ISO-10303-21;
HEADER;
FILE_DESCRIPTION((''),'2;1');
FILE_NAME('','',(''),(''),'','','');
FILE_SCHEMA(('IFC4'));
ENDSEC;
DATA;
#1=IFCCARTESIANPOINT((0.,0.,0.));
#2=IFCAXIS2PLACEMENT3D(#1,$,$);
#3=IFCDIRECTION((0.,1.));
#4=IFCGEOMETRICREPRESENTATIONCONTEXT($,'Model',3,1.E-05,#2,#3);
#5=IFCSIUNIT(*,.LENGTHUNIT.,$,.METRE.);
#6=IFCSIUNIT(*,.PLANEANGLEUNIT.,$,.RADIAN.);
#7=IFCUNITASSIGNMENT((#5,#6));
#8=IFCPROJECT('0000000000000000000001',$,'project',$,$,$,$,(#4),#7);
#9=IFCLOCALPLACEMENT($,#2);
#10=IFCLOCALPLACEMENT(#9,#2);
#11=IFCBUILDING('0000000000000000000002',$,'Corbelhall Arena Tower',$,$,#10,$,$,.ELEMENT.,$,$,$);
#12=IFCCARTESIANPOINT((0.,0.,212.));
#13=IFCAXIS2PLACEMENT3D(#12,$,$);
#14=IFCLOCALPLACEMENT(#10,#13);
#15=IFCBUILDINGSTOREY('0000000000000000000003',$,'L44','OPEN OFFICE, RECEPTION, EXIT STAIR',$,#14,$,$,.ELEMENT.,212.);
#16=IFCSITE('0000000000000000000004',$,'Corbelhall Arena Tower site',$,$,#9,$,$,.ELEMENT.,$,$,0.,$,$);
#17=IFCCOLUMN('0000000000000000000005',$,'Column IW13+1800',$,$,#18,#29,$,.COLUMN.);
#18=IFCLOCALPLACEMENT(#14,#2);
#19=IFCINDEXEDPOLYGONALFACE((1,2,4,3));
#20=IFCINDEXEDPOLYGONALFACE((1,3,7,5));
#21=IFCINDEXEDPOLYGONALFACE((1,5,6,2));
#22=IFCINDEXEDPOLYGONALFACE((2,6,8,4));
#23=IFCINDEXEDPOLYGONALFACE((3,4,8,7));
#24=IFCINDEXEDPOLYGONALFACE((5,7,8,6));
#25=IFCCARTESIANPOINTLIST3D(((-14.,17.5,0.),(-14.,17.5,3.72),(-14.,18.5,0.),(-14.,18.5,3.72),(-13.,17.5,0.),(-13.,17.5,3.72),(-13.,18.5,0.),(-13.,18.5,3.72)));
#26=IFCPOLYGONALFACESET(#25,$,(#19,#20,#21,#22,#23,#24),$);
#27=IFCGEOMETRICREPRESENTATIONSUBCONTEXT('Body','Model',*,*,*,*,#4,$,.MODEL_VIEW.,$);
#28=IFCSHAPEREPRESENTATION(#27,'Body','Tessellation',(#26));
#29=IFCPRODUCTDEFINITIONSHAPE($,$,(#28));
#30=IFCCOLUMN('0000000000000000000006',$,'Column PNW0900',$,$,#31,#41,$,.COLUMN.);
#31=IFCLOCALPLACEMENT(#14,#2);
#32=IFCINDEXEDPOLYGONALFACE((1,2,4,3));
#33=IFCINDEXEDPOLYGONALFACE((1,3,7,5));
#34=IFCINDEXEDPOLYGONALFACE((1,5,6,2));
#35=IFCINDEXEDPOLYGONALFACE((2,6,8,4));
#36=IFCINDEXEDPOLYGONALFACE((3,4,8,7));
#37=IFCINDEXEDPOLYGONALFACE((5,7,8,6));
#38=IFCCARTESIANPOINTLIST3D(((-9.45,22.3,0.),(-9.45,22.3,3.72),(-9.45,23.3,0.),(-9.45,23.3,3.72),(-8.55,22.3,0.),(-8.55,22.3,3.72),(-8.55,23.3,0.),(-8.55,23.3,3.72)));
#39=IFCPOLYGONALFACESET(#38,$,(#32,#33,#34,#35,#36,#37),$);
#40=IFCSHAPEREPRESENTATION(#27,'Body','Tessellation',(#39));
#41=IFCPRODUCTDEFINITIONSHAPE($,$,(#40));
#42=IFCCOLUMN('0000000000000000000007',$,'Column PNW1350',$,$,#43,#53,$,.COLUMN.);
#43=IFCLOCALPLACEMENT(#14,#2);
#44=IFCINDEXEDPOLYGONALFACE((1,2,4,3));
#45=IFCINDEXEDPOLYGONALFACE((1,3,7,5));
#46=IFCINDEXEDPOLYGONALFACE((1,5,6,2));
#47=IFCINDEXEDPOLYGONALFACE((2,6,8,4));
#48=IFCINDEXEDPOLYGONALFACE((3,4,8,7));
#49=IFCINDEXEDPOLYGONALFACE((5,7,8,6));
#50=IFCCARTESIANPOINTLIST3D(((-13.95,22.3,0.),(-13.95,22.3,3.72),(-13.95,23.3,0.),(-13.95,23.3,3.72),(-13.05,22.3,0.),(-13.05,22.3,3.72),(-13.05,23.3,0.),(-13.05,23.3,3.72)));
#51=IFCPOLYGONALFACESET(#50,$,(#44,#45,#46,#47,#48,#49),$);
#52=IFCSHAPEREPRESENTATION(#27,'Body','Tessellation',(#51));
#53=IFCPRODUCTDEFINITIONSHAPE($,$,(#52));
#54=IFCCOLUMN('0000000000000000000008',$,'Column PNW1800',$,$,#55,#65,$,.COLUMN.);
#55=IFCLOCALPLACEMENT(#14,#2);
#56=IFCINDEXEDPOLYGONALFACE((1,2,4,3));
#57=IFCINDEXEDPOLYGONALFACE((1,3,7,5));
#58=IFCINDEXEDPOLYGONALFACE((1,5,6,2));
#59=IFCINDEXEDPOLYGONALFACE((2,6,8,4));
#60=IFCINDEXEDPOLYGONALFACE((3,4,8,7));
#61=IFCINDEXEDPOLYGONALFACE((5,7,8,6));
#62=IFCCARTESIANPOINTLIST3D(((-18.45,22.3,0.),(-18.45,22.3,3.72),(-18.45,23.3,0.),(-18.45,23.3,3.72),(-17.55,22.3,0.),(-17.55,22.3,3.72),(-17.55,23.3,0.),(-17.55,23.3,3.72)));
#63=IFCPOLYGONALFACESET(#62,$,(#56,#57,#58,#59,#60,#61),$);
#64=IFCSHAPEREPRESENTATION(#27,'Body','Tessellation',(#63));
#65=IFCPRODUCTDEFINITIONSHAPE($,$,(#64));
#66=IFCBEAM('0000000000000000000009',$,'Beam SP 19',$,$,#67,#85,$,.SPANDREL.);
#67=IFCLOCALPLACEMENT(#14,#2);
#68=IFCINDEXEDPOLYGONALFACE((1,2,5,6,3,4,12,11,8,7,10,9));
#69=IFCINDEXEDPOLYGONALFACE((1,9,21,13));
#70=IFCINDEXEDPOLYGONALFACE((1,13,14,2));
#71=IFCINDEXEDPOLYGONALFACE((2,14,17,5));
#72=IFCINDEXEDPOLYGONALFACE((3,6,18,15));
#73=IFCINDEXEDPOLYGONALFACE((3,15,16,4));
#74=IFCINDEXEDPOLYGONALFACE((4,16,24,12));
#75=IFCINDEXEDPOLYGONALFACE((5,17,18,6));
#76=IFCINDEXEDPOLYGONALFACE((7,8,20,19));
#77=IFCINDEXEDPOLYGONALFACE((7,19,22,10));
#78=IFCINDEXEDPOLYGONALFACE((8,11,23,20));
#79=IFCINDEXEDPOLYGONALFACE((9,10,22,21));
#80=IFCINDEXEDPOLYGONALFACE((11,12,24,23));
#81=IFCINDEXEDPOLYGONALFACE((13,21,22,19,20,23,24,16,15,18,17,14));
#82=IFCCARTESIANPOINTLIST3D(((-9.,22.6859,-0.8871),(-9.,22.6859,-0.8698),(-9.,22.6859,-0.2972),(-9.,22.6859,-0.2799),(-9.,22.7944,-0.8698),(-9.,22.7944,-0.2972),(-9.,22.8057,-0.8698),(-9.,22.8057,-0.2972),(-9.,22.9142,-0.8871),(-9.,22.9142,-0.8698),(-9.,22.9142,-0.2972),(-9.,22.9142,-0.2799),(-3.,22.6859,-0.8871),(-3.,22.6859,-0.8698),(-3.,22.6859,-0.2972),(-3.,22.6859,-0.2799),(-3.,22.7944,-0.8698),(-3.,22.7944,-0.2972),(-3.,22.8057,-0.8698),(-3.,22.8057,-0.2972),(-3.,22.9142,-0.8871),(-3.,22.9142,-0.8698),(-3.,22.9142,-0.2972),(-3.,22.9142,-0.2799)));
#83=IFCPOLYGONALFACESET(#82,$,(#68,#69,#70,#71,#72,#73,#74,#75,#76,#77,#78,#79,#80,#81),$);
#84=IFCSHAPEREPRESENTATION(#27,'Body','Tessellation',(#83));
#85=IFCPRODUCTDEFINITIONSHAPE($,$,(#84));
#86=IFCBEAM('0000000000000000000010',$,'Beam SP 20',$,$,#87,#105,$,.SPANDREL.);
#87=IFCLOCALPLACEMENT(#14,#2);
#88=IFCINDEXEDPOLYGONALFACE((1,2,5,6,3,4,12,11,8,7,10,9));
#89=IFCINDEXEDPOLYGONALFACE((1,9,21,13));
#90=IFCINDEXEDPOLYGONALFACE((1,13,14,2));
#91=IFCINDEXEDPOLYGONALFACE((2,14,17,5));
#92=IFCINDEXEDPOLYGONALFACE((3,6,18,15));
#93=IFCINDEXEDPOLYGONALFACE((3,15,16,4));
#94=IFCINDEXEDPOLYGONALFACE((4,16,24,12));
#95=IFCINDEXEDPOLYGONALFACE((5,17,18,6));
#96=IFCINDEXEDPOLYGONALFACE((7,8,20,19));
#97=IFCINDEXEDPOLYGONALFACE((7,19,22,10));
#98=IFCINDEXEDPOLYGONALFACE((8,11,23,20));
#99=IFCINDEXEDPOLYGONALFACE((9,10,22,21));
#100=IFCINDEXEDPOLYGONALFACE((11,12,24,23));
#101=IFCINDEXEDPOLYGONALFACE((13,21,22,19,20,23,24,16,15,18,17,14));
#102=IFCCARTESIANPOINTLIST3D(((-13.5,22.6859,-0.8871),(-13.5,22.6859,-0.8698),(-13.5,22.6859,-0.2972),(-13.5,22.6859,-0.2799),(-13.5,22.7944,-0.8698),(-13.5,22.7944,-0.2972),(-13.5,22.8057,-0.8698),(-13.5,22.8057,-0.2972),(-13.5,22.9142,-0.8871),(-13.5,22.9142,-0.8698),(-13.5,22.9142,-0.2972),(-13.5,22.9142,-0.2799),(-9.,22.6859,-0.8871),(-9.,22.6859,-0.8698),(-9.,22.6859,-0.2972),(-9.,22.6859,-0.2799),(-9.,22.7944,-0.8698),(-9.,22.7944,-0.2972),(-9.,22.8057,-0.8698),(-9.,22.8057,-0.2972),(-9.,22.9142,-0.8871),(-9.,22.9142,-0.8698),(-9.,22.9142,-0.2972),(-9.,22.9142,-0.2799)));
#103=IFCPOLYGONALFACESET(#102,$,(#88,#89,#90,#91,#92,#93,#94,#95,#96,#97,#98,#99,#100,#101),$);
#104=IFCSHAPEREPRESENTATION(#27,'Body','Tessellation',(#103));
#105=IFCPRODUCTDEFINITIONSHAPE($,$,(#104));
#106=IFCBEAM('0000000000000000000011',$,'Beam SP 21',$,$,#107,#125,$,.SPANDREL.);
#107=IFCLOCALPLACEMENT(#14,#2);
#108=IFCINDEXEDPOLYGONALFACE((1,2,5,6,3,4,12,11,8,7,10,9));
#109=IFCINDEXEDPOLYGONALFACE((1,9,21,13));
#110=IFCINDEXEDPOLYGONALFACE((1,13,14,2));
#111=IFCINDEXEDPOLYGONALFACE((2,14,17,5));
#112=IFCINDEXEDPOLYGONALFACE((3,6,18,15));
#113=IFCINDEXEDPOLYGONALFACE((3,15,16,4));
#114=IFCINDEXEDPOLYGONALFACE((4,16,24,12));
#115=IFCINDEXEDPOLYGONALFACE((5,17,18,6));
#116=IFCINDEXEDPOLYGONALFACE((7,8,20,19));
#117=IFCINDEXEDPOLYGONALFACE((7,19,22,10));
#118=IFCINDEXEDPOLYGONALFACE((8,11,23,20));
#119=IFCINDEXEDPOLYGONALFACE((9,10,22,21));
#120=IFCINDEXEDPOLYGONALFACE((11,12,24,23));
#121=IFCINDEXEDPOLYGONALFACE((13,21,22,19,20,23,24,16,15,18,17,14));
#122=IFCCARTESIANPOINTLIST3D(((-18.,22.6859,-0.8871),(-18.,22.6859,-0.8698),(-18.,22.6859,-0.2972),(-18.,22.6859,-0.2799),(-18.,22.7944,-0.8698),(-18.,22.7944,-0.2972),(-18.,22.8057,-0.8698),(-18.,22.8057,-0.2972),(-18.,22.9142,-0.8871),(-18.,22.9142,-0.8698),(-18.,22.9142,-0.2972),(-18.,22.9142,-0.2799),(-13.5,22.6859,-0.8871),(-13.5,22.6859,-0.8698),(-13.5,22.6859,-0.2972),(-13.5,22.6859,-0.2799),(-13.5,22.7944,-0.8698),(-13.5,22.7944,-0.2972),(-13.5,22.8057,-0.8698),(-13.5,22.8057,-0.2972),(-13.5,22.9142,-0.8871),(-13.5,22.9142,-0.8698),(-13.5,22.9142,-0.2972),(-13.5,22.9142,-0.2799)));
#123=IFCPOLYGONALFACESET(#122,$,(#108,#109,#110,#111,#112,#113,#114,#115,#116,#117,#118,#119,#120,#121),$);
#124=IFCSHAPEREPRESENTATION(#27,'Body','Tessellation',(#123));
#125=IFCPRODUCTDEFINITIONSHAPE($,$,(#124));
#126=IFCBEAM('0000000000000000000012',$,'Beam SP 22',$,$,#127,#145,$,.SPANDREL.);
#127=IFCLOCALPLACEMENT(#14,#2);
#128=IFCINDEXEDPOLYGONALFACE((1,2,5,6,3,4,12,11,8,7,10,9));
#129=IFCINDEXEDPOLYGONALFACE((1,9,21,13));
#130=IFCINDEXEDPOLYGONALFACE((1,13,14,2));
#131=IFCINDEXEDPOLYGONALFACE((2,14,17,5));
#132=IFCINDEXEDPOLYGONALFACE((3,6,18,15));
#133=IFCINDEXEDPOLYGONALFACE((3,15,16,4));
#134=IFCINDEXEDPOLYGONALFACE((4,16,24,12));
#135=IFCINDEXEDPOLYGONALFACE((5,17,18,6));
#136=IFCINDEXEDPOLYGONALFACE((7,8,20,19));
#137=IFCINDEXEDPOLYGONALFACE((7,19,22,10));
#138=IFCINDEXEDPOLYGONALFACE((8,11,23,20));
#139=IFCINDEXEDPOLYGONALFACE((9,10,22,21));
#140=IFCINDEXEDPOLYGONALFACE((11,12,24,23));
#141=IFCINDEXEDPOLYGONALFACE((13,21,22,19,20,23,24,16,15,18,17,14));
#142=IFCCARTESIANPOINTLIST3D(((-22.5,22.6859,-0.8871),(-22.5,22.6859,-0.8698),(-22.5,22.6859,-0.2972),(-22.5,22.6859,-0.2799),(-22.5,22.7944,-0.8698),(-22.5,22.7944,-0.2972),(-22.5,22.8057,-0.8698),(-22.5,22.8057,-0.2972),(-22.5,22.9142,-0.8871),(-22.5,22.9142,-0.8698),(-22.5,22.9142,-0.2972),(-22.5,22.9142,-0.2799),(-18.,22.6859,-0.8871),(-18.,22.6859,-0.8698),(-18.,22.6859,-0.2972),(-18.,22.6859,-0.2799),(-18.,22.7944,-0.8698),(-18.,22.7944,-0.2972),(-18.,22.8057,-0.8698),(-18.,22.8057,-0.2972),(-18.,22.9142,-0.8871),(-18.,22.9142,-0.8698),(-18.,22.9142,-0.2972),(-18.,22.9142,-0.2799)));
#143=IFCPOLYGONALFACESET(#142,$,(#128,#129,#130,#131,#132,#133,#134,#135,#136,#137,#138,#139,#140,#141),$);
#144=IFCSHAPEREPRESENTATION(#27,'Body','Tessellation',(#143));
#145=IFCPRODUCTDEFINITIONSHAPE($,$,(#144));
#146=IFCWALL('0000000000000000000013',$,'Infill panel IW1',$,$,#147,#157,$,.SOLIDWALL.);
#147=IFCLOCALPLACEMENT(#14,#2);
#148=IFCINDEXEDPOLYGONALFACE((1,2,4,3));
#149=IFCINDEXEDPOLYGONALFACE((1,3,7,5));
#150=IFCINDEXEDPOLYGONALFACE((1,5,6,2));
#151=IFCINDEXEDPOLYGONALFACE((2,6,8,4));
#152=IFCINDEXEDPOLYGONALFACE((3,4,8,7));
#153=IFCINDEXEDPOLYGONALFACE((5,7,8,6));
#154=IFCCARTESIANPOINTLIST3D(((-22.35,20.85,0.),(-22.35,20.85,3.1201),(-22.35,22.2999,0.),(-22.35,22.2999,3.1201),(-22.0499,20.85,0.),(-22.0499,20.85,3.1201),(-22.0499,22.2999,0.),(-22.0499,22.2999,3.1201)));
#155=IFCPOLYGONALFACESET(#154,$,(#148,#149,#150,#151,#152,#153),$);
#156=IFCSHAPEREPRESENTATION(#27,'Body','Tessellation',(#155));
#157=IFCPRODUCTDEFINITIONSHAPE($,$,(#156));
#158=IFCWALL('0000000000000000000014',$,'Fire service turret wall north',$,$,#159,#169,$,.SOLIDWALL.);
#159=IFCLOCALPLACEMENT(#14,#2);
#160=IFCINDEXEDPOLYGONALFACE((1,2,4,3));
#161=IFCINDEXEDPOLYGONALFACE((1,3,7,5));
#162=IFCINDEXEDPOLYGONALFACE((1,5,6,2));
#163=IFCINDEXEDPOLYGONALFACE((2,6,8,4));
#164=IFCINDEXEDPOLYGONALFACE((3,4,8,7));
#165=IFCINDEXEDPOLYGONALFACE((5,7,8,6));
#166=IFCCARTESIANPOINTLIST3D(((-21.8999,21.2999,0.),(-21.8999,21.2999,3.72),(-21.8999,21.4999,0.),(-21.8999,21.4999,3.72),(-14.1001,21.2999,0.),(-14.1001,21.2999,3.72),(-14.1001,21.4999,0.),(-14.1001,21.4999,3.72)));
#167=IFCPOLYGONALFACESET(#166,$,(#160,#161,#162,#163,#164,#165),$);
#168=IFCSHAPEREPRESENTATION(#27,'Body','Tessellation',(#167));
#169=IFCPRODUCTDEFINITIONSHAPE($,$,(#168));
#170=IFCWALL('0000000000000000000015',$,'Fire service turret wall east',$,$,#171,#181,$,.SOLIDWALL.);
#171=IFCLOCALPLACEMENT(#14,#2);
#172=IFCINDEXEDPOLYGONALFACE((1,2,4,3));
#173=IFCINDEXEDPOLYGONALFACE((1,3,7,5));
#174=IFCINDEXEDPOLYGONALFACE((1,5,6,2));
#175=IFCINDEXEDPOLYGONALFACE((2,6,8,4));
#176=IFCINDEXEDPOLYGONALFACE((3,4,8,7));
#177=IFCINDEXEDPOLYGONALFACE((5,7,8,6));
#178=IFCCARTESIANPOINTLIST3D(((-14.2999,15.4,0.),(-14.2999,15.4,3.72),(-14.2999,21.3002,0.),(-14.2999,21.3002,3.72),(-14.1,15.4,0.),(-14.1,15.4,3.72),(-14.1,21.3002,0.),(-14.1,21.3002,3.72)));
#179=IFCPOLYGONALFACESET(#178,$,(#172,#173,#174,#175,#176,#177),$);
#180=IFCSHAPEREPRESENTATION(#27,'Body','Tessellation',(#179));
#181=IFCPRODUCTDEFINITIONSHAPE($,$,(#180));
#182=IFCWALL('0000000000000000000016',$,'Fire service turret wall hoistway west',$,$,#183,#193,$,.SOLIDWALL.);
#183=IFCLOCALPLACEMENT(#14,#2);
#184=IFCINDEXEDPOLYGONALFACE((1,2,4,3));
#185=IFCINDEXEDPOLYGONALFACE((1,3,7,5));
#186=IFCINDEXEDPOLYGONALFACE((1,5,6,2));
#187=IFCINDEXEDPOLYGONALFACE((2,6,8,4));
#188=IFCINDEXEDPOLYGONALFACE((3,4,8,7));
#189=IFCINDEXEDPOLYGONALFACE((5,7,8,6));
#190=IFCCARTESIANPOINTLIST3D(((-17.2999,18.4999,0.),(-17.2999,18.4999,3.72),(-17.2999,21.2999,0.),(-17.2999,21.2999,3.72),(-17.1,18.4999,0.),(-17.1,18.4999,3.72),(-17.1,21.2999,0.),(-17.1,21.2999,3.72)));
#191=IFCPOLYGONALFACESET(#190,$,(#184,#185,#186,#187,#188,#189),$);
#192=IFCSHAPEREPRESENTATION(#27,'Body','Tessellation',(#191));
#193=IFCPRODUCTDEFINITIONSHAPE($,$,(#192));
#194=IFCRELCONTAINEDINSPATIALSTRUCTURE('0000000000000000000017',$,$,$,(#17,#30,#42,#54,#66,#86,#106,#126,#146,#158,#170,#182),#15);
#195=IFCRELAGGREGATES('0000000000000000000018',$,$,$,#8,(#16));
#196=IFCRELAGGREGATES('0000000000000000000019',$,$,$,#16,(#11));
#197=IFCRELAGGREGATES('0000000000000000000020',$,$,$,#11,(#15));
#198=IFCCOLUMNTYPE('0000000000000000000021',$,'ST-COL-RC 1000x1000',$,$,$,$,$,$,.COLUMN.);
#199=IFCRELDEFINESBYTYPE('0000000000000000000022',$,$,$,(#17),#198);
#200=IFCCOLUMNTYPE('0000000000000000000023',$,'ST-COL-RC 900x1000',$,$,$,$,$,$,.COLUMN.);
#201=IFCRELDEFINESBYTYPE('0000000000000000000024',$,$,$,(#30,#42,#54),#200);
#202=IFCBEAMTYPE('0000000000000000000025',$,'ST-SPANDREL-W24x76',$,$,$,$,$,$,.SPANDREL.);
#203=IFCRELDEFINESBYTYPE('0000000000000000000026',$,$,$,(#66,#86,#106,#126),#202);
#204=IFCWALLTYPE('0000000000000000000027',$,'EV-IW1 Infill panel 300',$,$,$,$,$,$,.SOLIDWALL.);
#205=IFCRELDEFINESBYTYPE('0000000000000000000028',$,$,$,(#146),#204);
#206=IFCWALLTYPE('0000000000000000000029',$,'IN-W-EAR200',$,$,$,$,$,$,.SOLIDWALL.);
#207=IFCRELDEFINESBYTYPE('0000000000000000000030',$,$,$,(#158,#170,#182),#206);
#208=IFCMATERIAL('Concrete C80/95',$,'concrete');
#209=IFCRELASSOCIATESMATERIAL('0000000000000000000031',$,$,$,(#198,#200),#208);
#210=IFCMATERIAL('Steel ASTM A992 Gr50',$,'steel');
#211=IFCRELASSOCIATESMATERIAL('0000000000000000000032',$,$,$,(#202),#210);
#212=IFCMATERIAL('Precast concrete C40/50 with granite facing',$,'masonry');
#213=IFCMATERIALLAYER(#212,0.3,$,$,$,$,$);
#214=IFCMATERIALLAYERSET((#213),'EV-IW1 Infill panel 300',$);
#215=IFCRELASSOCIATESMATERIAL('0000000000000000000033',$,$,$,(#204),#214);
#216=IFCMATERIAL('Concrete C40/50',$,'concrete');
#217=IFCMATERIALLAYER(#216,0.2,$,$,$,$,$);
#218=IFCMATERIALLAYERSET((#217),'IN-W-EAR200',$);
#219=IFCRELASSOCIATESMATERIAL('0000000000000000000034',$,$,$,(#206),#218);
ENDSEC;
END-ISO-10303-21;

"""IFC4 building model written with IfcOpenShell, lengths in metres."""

from ifc_helpers import new_model, si_unit, direction, frame, frame_2d, origin, origin_2d, place, context, subcontext, project, spatial, rectangle, i_section, extrude, material, layer, layer_set, material_profile, profile_set, type_object, element, save


model = new_model("IFC4")

# Units and contexts
model_context = context("Model", 3, precision=1e-05, world=origin(), true_north=direction((0.0, 1.0)))
body_context = subcontext(model_context, "Body", "Model", "MODEL_VIEW")
ifc_project = project(units=[si_unit("LENGTHUNIT", "METRE"), si_unit("PLANEANGLEUNIT", "RADIAN")], contexts=[model_context])

# Site, building, storey
site_placement = place(None, origin())
site = spatial("IfcSite", under=ifc_project, at=site_placement, Name="Corbelhall Arena Tower site", CompositionType="ELEMENT", RefElevation=0.0)
building_placement = place(site_placement, origin())
building = spatial("IfcBuilding", under=site, at=building_placement, Name="Corbelhall Arena Tower", CompositionType="ELEMENT")
storey_placement = place(building_placement, frame((0.0, 0.0, 212.0)))
storey = spatial("IfcBuildingStorey", under=building, at=storey_placement, Name="L44", Description="OPEN OFFICE, RECEPTION, EXIT STAIR", CompositionType="ELEMENT", Elevation=212.0)

# Columns
ifc_material_1 = material(Name="Concrete C80/95", Category="concrete")
ifc_material_profile_1 = material_profile(ifc_material_1, rectangle(XDim=1.0, YDim=1.0, at=origin_2d()))
ifc_profile_set_1 = profile_set([ifc_material_profile_1], Name="Concrete C80/95")
column_type_1 = type_object("IfcColumnType", Name="ST-COL-RC 1000x1000", PredefinedType="COLUMN", material=ifc_profile_set_1)
column_placement = place(storey_placement, frame((-13.5, 18.0, 0.0), z_axis=(0.0, 0.0, 1.0), x_axis=(1.0, 0.0, 0.0)))
element("IfcColumn", 1, at=column_placement, inside=storey, type_object=column_type_1, Name="Column IW13+1800", PredefinedType="COLUMN", context=body_context, shape_type="SweptSolid", body=[
    extrude(rectangle(XDim=1.0, YDim=1.0, at=origin_2d()), origin(), (0.0, 0.0, 1.0), 3.72),
])
ifc_material_profile_2 = material_profile(ifc_material_1, rectangle(XDim=0.8999, YDim=1.0, at=origin_2d()))
ifc_profile_set_2 = profile_set([ifc_material_profile_2], Name="Concrete C80/95")
column_type_2 = type_object("IfcColumnType", Name="ST-COL-RC 900x1000", PredefinedType="COLUMN", material=ifc_profile_set_2)
for number, where, z_axis, x_axis, name in (
    (2, (-9.0, 22.8, 0.0), (0.0, 0.0, 1.0), (1.0, 0.0, 0.0), "Column PNW0900"),
    (3, (-13.5, 22.8, 0.0), (0.0, 0.0, 1.0), (1.0, 0.0, 0.0), "Column PNW1350"),
    (4, (-18.0, 22.8, 0.0), (0.0, 0.0, 1.0), (1.0, 0.0, 0.0), "Column PNW1800"),
):
    element("IfcColumn", number, at=place(storey_placement, frame(where, z_axis=z_axis, x_axis=x_axis)), inside=storey, type_object=column_type_2, Name=name, PredefinedType="COLUMN", context=body_context, shape_type="SweptSolid", body=[
        extrude(rectangle(XDim=0.8999, YDim=1.0, at=origin_2d()), origin(), (0.0, 0.0, 1.0), 3.72),
    ])

# Beams
ifc_material_2 = material(Name="Steel ASTM A992 Gr50", Category="steel")
ifc_material_profile_3 = material_profile(ifc_material_2, i_section(OverallWidth=0.2283, OverallDepth=0.6072, WebThickness=0.0112, FlangeThickness=0.0173, at=origin_2d()))
ifc_profile_set_3 = profile_set([ifc_material_profile_3], Name="Steel ASTM A992 Gr50")
beam_type = type_object("IfcBeamType", Name="ST-SPANDREL-W24x76", PredefinedType="SPANDREL", material=ifc_profile_set_3)
beam_placement = place(storey_placement, frame((-9.0, 22.8, -0.5835), z_axis=(1.0, 0.0, 0.0), x_axis=(0.0, 1.0, 0.0)))
element("IfcBeam", 5, at=beam_placement, inside=storey, type_object=beam_type, Name="Beam SP 19", PredefinedType="SPANDREL", context=body_context, shape_type="SweptSolid", body=[
    extrude(i_section(OverallWidth=0.2283, OverallDepth=0.6072, WebThickness=0.0112, FlangeThickness=0.0173, at=origin_2d()), origin(), (0.0, 0.0, 1.0), 6.0),
])
for number, where, z_axis, x_axis, name in (
    (6, (-13.5, 22.8, -0.5835), (1.0, 0.0, 0.0), (0.0, 1.0, 0.0), "Beam SP 20"),
    (7, (-18.0, 22.8, -0.5835), (1.0, 0.0, 0.0), (0.0, 1.0, 0.0), "Beam SP 21"),
    (8, (-22.5, 22.8, -0.5835), (1.0, 0.0, 0.0), (0.0, 1.0, 0.0), "Beam SP 22"),
):
    element("IfcBeam", number, at=place(storey_placement, frame(where, z_axis=z_axis, x_axis=x_axis)), inside=storey, type_object=beam_type, Name=name, PredefinedType="SPANDREL", context=body_context, shape_type="SweptSolid", body=[
        extrude(i_section(OverallWidth=0.2283, OverallDepth=0.6072, WebThickness=0.0112, FlangeThickness=0.0173, at=origin_2d()), origin(), (0.0, 0.0, 1.0), 4.5),
    ])

# Shared definitions
ifc_material_3 = material(Name="Precast concrete C40/50 with granite facing", Category="masonry")
ifc_layer_1 = layer(ifc_material_3, 0.3)
ifc_layer_set_1 = layer_set([ifc_layer_1], Name="EV-IW1 Infill panel 300")
wall_type_1 = type_object("IfcWallType", Name="EV-IW1 Infill panel 300", PredefinedType="SOLIDWALL", material=ifc_layer_set_1)

# Walls
wall_1_placement = place(storey_placement, frame((-22.2, 22.3, 0.0), z_axis=(0.0, 0.0, 1.0), x_axis=(0.0, -1.0, 0.0)))
element("IfcWall", 9, at=wall_1_placement, inside=storey, type_object=wall_type_1, Name="Infill panel IW1", PredefinedType="SOLIDWALL", context=body_context, shape_type="SweptSolid", body=[
    extrude(rectangle(XDim=1.45, YDim=0.3, at=frame_2d((0.7251, 0.0))), origin(), (0.0, 0.0, 1.0), 3.1201),
])
ifc_material_4 = material(Name="Concrete C40/50", Category="concrete")
ifc_layer_2 = layer(ifc_material_4, 0.2)
ifc_layer_set_2 = layer_set([ifc_layer_2], Name="IN-W-EAR200")
wall_type_2 = type_object("IfcWallType", Name="IN-W-EAR200", PredefinedType="SOLIDWALL", material=ifc_layer_set_2)
wall_2_placement = place(storey_placement, frame((-21.8999, 21.3999, 0.0), z_axis=(0.0, 0.0, 1.0), x_axis=(1.0, 0.0, 0.0)))
element("IfcWall", 10, at=wall_2_placement, inside=storey, type_object=wall_type_2, Name="Fire service turret wall north", PredefinedType="SOLIDWALL", context=body_context, shape_type="SweptSolid", body=[
    extrude(rectangle(XDim=7.7998, YDim=0.2, at=frame_2d((3.8999, 0.0))), origin(), (0.0, 0.0, 1.0), 3.72),
])
wall_3_placement = place(storey_placement, frame((-14.2, 15.3999, 0.0), z_axis=(0.0, 0.0, 1.0), x_axis=(0.0, 1.0, 0.0)))
element("IfcWall", 11, at=wall_3_placement, inside=storey, type_object=wall_type_2, Name="Fire service turret wall east", PredefinedType="SOLIDWALL", context=body_context, shape_type="SweptSolid", body=[
    extrude(rectangle(XDim=5.9001, YDim=0.2, at=frame_2d((2.9502, 0.0))), origin(), (0.0, 0.0, 1.0), 3.72),
])

# Wall
wall_4_placement = place(storey_placement, frame((-17.2, 18.5, 0.0), z_axis=(0.0, 0.0, 1.0), x_axis=(0.0, 1.0, 0.0)))
element("IfcWall", 12, at=wall_4_placement, inside=storey, type_object=wall_type_2, Name="Fire service turret wall hoistway west", PredefinedType="SOLIDWALL", context=body_context, shape_type="SweptSolid", body=[
    extrude(rectangle(XDim=2.8, YDim=0.2, at=frame_2d((1.3999, 0.0))), origin(), (0.0, 0.0, 1.0), 3.72),
])

save(model, "model.ifc")
